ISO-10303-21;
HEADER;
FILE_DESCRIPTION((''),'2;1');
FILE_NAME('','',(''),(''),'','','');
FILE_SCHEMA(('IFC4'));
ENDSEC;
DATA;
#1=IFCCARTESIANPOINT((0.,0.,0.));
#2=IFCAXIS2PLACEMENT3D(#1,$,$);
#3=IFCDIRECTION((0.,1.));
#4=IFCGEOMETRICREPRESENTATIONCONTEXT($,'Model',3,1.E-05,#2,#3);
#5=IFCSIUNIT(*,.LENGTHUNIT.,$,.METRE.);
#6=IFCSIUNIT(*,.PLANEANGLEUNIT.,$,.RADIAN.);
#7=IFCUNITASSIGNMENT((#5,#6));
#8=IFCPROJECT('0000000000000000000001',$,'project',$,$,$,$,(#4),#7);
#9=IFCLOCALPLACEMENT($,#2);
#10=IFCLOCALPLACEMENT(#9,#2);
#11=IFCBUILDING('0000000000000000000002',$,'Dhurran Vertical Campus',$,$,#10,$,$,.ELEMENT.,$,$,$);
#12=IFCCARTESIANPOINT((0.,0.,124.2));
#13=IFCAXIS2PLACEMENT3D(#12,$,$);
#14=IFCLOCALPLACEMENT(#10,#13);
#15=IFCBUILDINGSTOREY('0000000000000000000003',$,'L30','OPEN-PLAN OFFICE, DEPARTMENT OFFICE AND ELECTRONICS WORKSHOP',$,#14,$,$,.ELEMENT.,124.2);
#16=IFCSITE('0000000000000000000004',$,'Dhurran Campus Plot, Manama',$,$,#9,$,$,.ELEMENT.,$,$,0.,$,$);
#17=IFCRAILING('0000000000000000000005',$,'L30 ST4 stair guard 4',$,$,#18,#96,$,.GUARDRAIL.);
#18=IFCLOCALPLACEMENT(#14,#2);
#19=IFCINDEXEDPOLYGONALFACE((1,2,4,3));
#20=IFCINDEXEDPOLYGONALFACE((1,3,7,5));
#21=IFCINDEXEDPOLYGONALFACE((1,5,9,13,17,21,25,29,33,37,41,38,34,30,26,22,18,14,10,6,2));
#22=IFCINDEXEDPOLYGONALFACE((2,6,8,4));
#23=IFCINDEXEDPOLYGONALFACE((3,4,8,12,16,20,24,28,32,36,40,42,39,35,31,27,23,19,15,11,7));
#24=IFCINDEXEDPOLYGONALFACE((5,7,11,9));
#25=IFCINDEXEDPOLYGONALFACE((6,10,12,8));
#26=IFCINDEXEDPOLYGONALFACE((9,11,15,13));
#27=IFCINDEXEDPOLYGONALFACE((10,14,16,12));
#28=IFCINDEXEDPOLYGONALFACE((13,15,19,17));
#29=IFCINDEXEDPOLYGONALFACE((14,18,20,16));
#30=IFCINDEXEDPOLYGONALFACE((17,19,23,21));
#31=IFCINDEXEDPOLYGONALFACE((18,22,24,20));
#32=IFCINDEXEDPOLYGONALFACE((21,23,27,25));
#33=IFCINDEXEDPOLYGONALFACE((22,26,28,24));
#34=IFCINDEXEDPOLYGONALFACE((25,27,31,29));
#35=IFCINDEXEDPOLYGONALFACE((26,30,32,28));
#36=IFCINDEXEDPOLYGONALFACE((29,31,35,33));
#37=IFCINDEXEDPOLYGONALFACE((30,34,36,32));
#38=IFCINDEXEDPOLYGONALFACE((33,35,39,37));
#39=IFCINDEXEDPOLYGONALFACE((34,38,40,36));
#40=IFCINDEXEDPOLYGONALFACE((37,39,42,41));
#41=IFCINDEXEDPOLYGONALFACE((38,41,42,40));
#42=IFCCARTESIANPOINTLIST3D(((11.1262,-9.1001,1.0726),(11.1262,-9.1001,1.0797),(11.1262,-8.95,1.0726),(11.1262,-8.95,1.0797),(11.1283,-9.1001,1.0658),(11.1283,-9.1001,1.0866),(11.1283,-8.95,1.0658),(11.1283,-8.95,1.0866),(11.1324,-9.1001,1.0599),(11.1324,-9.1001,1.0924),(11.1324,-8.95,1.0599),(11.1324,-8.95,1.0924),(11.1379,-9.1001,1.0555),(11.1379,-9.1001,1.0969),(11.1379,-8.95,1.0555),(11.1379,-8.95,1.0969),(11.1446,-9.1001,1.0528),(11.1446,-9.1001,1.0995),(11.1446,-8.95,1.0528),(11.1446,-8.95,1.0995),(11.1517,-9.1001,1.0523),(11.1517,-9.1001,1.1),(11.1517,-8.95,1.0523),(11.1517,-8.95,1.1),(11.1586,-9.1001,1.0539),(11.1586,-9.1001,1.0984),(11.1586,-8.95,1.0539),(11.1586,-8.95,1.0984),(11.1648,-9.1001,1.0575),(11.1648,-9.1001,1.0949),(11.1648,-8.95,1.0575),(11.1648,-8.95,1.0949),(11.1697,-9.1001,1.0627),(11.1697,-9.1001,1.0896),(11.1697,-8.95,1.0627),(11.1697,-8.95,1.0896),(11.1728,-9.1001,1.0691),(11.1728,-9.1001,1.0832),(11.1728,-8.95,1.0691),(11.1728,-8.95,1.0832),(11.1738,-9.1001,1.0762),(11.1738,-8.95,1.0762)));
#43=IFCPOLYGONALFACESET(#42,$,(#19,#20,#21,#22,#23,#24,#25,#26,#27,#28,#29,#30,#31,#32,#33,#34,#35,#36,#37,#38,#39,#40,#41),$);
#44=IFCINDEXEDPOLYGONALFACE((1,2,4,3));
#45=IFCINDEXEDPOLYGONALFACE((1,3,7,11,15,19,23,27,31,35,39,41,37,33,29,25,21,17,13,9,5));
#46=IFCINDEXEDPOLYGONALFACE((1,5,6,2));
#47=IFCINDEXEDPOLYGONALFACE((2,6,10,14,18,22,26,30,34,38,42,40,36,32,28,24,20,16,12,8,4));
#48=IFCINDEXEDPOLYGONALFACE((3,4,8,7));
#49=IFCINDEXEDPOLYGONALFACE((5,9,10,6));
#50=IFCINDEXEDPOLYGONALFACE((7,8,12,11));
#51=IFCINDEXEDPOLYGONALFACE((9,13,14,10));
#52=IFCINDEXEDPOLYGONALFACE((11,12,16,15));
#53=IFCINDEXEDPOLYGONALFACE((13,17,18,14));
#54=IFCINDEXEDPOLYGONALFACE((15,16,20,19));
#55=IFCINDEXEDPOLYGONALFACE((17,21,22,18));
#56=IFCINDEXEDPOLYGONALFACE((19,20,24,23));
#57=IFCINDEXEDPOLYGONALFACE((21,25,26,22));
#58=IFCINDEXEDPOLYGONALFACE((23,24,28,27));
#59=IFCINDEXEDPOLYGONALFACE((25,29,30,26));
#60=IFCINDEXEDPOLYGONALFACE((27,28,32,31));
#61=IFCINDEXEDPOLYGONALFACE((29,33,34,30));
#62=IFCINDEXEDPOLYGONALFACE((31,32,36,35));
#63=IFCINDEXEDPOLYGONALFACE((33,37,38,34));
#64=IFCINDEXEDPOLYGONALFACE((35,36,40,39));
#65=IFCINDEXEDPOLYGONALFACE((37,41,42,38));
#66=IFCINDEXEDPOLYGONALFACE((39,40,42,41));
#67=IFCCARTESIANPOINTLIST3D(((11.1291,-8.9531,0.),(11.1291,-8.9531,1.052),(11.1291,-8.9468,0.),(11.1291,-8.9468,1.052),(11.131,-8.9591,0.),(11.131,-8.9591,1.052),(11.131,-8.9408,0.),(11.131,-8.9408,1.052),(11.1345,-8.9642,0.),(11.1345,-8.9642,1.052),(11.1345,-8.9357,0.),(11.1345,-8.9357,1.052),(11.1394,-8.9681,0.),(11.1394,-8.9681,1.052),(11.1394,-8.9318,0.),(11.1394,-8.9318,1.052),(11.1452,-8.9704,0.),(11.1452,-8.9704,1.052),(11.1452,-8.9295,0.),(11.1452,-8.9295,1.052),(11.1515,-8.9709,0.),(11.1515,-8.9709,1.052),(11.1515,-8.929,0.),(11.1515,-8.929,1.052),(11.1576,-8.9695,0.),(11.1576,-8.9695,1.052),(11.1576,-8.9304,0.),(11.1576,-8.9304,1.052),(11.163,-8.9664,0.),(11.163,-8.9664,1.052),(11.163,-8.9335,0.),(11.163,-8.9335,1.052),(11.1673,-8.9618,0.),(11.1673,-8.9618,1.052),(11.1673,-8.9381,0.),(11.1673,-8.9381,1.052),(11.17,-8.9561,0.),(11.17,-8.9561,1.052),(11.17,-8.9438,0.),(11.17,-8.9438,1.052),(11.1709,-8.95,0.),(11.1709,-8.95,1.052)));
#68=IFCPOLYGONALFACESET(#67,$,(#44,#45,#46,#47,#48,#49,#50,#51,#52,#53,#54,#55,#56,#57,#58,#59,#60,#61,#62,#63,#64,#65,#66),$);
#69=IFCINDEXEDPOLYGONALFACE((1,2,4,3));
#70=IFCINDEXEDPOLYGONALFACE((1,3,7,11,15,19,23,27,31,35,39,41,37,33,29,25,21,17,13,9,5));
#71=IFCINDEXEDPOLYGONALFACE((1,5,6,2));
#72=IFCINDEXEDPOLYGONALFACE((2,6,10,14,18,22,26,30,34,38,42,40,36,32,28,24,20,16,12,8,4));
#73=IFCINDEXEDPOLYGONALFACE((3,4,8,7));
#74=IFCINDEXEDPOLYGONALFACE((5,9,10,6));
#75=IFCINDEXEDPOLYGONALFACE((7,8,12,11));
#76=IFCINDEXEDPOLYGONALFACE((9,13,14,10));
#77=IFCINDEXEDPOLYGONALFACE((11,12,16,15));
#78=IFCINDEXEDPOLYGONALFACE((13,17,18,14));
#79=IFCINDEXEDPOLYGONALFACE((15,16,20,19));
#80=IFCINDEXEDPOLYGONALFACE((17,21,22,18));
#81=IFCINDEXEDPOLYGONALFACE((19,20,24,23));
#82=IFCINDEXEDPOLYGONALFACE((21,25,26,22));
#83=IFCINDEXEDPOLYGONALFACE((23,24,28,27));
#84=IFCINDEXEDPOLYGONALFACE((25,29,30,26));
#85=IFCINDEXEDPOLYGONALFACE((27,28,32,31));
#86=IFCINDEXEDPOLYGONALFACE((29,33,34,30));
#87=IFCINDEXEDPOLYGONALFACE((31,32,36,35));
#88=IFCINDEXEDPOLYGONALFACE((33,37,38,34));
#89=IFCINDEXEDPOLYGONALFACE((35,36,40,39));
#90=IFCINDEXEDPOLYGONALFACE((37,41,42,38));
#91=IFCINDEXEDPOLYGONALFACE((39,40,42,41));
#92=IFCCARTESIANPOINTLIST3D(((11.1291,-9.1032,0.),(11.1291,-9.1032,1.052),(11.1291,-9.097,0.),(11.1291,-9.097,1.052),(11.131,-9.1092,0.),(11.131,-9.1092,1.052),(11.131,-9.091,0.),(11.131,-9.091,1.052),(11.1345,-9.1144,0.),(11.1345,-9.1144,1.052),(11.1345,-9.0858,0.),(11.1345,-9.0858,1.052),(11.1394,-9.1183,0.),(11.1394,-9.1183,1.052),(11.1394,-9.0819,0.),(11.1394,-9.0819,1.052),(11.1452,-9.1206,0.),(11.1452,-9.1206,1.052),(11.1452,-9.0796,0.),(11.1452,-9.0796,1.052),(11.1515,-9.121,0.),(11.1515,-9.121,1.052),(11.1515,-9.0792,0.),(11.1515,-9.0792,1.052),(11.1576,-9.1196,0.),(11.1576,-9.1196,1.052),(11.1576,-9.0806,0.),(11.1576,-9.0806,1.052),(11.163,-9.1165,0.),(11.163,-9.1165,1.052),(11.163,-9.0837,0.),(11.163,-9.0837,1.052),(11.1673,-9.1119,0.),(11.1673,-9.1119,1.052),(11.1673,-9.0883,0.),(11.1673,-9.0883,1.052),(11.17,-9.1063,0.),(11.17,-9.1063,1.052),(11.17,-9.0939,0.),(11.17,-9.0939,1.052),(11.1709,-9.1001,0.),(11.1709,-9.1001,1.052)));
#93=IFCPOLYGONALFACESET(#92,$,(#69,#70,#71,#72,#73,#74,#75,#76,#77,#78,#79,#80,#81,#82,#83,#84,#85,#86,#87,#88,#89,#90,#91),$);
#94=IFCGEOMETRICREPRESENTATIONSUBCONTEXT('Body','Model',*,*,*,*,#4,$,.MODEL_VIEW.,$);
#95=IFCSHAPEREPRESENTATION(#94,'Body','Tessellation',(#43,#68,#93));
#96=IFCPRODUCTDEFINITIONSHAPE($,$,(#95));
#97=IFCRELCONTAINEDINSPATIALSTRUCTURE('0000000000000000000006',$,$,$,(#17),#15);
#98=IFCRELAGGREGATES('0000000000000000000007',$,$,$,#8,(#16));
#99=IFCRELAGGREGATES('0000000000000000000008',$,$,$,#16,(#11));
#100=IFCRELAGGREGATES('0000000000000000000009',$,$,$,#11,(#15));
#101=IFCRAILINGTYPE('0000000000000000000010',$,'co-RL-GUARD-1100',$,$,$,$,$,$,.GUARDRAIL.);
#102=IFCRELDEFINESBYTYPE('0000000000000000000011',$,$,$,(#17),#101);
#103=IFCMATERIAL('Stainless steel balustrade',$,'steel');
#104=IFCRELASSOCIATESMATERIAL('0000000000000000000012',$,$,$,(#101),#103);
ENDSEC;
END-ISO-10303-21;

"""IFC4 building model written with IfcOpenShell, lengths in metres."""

from ifc_helpers import new_model, si_unit, direction, frame, origin, origin_2d, place, context, subcontext, project, spatial, circle, extrude, material, type_object, element, save


model = new_model("IFC4")

# Units and contexts
model_context = context("Model", 3, precision=1e-05, world=origin(), true_north=direction((0.0, 1.0)))
body_context = subcontext(model_context, "Body", "Model", "MODEL_VIEW")
ifc_project = project(units=[si_unit("LENGTHUNIT", "METRE"), si_unit("PLANEANGLEUNIT", "RADIAN")], contexts=[model_context])

# Site, building, storey
site_placement = place(None, origin())
site = spatial("IfcSite", under=ifc_project, at=site_placement, Name="Dhurran Campus Plot, Manama", CompositionType="ELEMENT", RefElevation=0.0)
building_placement = place(site_placement, origin())
building = spatial("IfcBuilding", under=site, at=building_placement, Name="Dhurran Vertical Campus", CompositionType="ELEMENT")
storey_placement = place(building_placement, frame((0.0, 0.0, 124.2)))
storey = spatial("IfcBuildingStorey", under=building, at=storey_placement, Name="L30", Description="OPEN-PLAN OFFICE, DEPARTMENT OFFICE AND ELECTRONICS WORKSHOP", CompositionType="ELEMENT", Elevation=124.2)

# Railing
ifc_material_1 = material(Name="Stainless steel balustrade", Category="steel")
railing_type_1 = type_object("IfcRailingType", Name="co-RL-GUARD-1100", PredefinedType="GUARDRAIL", material=ifc_material_1)
railing_1_placement = place(storey_placement, frame((11.1499, -8.95, 0.0)))
element("IfcRailing", 1, at=railing_1_placement, inside=storey, type_object=railing_type_1, Name="L30 ST4 stair guard 4", PredefinedType="GUARDRAIL", context=body_context, shape_type="SweptSolid", body=[
    extrude(circle(Radius=0.0239, at=origin_2d()), frame((0.0, 0.0, 1.0762), z_axis=(0.0, -1.0, 0.0), x_axis=(1.0, 0.0, 0.0)), (0.0, 0.0, 1.0), 0.1501),
    extrude(circle(Radius=0.021, at=origin_2d()), origin(), (0.0, 0.0, 1.0), 1.052),
    extrude(circle(Radius=0.021, at=origin_2d()), frame((0.0, -0.1501, 0.0)), (0.0, 0.0, 1.0), 1.052),
])

save(model, "model.ifc")
